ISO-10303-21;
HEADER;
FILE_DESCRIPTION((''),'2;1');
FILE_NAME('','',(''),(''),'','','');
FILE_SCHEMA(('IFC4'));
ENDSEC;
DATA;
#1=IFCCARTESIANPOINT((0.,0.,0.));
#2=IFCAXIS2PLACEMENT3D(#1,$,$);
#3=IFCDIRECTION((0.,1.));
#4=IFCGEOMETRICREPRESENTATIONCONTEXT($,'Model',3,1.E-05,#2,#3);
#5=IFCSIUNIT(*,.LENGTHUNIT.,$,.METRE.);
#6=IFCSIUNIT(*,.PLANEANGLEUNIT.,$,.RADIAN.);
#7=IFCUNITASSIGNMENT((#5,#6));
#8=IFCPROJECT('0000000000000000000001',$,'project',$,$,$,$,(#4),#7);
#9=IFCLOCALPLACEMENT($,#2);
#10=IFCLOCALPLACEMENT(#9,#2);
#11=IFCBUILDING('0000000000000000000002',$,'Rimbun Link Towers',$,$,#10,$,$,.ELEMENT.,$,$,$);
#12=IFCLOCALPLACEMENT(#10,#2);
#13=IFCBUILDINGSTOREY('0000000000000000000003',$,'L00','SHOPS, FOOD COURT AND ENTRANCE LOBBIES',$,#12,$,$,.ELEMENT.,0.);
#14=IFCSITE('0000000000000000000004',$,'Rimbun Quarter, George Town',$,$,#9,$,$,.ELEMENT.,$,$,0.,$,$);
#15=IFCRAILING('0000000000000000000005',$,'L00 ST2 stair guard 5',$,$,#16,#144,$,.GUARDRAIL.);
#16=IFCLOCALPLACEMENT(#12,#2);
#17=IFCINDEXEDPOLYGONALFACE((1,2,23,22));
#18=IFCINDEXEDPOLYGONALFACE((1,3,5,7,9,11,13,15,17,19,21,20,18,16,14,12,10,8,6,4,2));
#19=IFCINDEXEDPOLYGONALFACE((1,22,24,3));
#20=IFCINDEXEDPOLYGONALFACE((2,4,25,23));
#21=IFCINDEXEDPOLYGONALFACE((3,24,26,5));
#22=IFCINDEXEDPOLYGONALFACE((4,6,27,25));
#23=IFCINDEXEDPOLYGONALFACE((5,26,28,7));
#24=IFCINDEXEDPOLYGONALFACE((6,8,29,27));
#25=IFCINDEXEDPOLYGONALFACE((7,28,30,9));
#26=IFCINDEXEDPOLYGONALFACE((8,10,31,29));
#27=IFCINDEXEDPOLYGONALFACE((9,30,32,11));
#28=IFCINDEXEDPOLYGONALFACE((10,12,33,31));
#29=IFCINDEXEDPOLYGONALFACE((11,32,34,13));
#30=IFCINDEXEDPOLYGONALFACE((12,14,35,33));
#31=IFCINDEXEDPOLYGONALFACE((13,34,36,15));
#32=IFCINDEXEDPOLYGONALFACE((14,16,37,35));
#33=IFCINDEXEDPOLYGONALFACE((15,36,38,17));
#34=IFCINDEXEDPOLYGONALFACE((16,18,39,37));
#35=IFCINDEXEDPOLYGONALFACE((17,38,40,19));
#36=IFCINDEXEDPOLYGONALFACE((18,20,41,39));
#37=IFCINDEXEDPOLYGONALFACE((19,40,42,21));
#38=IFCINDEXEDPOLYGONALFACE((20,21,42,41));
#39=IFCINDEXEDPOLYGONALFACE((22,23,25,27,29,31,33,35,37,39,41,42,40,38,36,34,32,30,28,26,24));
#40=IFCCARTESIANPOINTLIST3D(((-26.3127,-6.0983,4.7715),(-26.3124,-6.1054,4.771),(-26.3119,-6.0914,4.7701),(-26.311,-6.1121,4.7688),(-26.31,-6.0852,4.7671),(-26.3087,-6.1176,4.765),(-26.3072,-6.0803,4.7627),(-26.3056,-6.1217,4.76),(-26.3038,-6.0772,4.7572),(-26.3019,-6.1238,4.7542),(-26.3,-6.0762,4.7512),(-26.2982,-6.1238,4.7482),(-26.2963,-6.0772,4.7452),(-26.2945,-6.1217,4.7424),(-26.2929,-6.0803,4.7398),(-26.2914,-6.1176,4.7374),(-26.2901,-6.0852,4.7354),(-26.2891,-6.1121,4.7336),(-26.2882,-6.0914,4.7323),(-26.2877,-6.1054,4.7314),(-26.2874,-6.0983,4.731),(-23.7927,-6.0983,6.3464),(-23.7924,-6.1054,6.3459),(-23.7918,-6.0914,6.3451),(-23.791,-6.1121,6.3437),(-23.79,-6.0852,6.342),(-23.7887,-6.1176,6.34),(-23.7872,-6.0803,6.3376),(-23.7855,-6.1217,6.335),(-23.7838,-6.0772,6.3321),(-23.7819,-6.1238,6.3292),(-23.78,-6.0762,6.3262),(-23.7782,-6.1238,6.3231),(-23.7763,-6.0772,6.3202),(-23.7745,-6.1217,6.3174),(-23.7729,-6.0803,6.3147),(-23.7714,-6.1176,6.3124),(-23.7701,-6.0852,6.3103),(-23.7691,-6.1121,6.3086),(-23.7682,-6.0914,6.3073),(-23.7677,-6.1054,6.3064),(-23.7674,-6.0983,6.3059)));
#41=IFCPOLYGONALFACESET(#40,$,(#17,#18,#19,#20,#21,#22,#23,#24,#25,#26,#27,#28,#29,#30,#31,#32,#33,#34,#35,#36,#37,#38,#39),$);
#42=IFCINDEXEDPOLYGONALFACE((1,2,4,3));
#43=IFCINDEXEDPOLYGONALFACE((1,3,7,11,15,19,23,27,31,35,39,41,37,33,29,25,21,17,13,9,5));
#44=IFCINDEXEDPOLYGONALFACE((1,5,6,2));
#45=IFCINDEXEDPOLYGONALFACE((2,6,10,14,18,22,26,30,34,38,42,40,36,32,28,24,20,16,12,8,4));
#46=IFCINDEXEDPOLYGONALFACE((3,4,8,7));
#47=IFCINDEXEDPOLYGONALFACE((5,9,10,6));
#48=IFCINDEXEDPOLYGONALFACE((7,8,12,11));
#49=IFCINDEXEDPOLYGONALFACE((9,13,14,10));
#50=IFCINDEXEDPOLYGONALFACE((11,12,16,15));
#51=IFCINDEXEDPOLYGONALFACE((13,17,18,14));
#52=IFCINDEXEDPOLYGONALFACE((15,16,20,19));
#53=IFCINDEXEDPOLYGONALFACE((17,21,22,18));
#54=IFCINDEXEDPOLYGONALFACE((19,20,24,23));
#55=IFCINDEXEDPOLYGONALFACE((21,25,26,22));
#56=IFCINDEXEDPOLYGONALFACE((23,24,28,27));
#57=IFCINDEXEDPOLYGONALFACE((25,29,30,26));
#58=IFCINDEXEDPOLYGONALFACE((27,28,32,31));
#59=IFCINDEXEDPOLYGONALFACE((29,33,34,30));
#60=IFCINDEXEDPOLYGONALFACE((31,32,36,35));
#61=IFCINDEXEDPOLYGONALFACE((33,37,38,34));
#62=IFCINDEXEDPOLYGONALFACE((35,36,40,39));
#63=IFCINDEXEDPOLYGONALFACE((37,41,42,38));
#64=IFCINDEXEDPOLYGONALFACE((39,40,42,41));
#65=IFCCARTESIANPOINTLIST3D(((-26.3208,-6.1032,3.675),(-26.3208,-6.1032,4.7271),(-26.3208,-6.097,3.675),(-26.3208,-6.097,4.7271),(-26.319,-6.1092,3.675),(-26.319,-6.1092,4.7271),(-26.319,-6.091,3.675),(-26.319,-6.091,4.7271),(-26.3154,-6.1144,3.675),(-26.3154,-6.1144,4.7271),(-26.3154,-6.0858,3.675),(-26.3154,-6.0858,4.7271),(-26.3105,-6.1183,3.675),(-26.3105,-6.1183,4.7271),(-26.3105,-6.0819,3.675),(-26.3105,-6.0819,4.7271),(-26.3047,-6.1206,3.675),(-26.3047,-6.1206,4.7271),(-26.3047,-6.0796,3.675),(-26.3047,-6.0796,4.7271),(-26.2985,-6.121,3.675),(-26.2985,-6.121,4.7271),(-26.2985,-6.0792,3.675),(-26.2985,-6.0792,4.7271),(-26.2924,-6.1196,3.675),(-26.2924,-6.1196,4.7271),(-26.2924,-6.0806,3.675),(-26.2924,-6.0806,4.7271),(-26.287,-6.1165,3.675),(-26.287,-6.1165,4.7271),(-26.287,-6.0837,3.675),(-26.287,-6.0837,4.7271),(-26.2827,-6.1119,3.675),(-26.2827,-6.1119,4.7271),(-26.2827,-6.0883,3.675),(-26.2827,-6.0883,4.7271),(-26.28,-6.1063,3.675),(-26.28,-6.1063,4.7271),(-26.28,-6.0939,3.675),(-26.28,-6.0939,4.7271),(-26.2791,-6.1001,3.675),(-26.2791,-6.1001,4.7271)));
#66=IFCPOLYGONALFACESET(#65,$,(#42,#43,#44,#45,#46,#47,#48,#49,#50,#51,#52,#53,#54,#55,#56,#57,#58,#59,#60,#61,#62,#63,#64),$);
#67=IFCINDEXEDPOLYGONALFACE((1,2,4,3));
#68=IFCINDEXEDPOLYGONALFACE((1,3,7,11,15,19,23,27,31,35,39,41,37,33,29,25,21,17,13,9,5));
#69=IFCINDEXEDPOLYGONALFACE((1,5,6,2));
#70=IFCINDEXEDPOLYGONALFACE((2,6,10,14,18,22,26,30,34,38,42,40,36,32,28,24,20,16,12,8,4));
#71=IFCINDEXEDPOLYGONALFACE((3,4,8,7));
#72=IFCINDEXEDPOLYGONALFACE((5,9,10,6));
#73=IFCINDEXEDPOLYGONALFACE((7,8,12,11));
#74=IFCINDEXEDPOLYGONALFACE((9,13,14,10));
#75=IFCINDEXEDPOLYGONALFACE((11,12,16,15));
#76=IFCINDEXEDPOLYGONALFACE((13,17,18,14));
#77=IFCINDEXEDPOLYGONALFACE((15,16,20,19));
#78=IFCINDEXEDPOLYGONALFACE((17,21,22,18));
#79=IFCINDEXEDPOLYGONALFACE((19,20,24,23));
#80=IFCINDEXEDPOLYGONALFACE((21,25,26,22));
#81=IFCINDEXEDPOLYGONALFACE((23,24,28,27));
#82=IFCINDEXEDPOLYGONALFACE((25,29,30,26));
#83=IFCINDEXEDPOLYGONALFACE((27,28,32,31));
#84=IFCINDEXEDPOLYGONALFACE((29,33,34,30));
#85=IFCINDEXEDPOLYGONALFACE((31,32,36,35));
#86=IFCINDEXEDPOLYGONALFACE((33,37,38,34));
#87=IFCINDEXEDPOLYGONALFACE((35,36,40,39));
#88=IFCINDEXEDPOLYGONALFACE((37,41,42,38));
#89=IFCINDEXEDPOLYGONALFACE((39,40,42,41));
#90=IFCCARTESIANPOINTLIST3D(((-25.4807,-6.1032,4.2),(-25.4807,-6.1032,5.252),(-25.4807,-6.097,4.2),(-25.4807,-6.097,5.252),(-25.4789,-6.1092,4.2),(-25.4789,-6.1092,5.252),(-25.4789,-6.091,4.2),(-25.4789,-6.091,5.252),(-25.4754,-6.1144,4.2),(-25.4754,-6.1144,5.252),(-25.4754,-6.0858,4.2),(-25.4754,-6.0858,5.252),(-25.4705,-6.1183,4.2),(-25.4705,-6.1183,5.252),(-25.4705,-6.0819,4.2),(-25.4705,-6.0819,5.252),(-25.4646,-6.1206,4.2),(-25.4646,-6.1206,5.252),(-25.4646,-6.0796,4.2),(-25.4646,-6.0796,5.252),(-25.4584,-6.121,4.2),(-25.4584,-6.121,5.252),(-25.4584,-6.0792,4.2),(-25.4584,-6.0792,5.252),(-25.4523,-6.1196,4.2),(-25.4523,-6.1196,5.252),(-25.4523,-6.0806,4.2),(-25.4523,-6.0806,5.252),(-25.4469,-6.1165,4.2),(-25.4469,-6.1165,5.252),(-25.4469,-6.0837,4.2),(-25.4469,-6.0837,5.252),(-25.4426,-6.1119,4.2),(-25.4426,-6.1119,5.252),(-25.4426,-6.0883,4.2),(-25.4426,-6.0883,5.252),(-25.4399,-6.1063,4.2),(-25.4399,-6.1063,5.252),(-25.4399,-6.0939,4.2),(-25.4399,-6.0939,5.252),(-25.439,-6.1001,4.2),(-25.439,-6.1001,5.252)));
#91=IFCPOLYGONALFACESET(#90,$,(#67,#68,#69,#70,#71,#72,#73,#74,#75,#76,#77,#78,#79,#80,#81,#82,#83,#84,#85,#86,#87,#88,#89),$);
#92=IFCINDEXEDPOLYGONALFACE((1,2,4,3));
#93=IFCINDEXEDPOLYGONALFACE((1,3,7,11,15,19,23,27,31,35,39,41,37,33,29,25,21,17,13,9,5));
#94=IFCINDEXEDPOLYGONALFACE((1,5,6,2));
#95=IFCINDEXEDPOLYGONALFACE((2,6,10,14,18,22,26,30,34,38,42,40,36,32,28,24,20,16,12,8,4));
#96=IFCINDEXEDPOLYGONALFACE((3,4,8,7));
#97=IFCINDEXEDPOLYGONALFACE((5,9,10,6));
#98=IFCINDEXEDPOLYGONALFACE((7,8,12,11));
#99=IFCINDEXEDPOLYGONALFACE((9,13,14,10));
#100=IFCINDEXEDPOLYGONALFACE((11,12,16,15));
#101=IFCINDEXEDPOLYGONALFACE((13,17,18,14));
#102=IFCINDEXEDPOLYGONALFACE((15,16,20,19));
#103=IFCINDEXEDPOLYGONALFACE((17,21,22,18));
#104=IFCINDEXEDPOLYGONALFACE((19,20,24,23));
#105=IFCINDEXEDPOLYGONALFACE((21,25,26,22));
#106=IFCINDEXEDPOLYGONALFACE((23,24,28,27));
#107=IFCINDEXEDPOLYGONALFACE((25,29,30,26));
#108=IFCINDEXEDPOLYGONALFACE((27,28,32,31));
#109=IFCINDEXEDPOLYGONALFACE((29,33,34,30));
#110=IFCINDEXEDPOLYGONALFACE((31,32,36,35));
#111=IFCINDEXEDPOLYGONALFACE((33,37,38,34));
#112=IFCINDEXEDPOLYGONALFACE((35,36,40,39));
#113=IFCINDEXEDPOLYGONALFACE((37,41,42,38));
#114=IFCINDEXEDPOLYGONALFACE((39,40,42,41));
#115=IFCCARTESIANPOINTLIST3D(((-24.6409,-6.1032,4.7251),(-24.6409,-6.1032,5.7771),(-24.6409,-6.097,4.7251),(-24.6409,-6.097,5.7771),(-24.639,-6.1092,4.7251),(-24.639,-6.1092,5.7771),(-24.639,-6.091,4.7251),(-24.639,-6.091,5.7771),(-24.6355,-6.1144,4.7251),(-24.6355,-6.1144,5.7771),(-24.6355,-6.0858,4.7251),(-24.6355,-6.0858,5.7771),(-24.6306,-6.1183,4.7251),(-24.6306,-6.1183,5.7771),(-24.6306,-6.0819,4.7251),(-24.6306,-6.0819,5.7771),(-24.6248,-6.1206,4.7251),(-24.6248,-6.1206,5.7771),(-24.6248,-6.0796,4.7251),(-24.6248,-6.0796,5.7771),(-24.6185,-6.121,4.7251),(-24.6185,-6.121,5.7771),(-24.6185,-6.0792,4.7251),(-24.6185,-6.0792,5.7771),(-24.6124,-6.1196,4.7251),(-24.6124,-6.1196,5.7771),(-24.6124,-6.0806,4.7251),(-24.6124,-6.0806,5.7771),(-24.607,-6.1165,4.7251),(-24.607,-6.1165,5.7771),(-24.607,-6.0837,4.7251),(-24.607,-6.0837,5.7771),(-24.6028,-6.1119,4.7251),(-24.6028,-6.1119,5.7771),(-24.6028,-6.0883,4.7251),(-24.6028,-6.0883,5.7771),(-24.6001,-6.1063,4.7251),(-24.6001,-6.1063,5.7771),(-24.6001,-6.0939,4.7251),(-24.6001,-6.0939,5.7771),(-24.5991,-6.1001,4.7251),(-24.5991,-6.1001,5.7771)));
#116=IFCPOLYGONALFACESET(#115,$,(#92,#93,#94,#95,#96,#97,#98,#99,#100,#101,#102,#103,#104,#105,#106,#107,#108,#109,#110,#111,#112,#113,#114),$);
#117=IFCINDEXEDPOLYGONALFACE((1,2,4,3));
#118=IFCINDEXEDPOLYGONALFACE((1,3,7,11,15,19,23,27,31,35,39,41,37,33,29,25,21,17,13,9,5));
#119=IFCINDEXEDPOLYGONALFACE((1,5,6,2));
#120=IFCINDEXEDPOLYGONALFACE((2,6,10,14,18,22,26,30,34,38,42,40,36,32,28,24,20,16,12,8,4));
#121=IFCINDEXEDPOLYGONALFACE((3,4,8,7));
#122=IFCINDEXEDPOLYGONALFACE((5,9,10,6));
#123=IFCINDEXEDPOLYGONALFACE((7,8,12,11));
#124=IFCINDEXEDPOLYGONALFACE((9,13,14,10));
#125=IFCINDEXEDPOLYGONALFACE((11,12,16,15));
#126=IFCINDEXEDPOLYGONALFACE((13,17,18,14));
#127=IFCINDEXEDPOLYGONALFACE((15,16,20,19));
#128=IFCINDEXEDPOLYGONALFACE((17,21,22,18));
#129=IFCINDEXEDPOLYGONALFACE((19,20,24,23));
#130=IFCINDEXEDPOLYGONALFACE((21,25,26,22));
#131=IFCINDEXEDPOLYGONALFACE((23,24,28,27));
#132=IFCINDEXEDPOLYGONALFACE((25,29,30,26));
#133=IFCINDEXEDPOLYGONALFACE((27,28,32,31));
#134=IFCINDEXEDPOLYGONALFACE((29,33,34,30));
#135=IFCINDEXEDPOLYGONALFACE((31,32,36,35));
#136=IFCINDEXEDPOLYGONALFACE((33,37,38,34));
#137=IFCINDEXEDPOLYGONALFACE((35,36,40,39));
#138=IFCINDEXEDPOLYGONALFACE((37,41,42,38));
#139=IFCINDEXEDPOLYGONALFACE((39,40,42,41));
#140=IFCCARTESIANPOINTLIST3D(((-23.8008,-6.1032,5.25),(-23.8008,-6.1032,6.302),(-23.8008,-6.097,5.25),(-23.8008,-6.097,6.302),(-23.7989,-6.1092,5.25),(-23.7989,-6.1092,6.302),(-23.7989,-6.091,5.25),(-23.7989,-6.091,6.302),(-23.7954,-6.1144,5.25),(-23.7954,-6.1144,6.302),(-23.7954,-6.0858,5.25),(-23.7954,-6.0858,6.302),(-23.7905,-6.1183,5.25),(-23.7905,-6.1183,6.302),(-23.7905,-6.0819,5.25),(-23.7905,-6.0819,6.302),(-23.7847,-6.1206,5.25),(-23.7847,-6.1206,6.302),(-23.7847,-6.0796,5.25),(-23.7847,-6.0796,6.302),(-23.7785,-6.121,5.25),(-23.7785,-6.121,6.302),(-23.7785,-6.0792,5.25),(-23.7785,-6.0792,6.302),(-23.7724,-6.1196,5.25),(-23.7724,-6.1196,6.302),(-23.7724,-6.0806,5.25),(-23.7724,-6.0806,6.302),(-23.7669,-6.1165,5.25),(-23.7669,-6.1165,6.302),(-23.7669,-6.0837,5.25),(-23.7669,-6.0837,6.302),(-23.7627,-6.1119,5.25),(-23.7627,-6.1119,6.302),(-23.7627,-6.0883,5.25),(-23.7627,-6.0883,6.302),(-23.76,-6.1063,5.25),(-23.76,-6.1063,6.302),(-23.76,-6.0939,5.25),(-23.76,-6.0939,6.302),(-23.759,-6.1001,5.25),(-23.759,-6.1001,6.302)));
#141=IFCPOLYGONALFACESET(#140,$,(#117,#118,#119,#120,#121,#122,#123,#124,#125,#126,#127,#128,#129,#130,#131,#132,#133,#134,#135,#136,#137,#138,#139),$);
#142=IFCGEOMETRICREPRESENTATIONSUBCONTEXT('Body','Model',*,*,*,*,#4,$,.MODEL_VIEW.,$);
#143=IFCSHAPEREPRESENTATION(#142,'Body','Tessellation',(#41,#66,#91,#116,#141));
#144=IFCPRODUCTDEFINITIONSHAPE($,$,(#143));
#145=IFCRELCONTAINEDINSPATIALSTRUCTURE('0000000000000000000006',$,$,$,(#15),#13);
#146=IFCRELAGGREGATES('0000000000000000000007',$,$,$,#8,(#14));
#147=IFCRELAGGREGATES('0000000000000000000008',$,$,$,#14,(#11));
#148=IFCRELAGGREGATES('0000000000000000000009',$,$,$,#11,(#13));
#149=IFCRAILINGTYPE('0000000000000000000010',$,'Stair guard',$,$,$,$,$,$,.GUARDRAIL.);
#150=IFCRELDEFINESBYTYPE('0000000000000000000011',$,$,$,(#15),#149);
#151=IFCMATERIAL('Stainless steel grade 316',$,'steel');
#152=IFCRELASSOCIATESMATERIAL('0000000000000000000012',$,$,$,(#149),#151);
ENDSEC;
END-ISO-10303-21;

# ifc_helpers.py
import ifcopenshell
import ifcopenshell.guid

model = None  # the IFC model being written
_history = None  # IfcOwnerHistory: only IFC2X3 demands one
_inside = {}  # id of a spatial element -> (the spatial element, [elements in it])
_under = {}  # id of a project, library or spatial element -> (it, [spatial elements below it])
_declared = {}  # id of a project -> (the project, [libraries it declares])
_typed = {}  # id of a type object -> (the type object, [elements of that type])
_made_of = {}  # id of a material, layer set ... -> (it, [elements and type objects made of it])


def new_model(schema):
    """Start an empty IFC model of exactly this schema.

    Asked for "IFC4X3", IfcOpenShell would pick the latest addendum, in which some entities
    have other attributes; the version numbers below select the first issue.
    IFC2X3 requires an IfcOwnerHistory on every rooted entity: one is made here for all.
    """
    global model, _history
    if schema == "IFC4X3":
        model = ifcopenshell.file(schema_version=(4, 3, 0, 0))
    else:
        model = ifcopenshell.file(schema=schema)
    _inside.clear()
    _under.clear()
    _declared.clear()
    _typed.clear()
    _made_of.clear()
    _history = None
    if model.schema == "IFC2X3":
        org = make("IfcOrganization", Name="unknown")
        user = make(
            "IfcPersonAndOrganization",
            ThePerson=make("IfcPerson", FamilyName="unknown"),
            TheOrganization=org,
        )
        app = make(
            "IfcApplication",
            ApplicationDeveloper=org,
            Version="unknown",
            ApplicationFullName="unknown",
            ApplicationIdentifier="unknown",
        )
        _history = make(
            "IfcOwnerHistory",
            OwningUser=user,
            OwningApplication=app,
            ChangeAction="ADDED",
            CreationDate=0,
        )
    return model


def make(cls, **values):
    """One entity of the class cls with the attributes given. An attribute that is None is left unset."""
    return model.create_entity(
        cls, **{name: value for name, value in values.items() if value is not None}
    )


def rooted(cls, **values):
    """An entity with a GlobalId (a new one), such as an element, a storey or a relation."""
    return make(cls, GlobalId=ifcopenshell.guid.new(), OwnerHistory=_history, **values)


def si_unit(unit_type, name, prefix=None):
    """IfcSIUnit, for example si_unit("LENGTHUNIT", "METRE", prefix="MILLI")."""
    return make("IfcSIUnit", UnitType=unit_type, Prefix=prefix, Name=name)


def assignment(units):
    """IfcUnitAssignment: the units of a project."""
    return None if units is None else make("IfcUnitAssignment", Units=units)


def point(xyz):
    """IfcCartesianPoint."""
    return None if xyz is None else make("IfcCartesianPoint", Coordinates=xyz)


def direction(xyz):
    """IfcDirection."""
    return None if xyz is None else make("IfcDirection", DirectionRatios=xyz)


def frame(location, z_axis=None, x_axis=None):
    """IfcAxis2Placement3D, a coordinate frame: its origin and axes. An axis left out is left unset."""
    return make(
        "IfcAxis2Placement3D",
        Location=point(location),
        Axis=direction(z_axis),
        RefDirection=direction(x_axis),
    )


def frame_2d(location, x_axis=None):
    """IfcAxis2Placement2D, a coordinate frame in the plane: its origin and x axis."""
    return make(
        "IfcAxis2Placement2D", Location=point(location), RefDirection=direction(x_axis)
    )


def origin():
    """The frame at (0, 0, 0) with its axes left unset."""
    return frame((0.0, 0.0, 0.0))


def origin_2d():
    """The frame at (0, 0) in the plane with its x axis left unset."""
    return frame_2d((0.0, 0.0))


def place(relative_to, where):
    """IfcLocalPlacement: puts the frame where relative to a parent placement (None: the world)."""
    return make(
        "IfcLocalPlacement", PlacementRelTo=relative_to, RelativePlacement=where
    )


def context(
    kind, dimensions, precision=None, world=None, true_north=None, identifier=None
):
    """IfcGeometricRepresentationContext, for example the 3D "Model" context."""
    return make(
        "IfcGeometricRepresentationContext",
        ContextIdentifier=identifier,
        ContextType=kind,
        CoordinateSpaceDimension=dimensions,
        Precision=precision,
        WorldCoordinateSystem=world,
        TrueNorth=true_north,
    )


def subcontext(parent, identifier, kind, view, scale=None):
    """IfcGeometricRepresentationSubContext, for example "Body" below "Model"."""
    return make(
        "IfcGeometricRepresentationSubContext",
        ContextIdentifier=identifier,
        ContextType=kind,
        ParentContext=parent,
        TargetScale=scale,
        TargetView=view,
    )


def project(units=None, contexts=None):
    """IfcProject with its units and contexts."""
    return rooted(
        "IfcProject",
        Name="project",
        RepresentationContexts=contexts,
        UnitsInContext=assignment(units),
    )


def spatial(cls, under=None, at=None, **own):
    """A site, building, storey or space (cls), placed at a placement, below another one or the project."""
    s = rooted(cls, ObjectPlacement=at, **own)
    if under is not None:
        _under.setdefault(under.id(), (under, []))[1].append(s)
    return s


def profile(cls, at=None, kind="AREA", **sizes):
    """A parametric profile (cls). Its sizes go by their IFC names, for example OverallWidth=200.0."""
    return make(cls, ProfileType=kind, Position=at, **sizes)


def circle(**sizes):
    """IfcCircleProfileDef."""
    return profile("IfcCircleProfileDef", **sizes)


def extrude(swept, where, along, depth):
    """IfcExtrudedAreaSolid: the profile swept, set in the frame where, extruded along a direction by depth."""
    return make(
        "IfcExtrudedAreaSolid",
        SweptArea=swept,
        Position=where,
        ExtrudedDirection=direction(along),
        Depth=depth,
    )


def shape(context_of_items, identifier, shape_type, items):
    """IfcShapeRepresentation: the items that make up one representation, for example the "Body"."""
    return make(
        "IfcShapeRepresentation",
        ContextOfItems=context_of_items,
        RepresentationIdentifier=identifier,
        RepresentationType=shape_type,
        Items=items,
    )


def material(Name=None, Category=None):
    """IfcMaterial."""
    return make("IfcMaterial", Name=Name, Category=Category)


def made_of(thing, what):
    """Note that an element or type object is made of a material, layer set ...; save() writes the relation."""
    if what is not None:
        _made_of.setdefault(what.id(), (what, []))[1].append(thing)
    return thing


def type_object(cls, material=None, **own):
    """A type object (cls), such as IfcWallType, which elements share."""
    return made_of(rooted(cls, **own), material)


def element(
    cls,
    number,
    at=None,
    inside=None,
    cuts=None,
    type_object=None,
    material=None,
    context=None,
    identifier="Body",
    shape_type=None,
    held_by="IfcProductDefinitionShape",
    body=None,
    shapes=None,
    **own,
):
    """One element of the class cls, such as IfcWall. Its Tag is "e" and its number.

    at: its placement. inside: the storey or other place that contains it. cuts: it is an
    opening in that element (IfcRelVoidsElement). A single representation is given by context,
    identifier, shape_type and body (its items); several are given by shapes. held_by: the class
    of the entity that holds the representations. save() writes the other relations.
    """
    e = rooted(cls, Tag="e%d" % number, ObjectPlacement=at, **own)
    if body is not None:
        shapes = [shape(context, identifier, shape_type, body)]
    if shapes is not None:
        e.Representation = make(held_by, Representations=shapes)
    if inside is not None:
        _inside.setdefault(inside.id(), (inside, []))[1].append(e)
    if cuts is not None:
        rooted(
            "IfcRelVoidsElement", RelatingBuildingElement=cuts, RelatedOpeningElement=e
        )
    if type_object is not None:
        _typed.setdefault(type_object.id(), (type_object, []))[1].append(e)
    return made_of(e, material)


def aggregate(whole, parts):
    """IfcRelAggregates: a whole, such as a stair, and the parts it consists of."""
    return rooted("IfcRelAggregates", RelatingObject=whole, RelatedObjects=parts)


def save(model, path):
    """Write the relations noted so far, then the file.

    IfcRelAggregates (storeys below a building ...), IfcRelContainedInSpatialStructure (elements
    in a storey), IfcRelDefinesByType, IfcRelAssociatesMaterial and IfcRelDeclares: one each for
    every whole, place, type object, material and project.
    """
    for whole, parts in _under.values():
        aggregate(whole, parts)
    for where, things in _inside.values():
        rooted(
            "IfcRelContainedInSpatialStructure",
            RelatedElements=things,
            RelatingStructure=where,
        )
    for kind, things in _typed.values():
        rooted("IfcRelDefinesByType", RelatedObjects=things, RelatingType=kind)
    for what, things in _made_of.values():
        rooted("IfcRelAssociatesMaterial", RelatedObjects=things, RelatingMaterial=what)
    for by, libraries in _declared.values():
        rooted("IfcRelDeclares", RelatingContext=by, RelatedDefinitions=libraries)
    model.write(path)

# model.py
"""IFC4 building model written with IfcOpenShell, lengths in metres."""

from ifc_helpers import new_model, si_unit, direction, frame, origin, origin_2d, place, context, subcontext, project, spatial, circle, extrude, material, type_object, element, save


model = new_model("IFC4")

# Units and contexts
model_context = context("Model", 3, precision=1e-05, world=origin(), true_north=direction((0.0, 1.0)))
body_context = subcontext(model_context, "Body", "Model", "MODEL_VIEW")
ifc_project = project(units=[si_unit("LENGTHUNIT", "METRE"), si_unit("PLANEANGLEUNIT", "RADIAN")], contexts=[model_context])

# Site, building, storey
site_placement = place(None, origin())
site = spatial("IfcSite", under=ifc_project, at=site_placement, Name="Rimbun Quarter, George Town", CompositionType="ELEMENT", RefElevation=0.0)
building_placement = place(site_placement, origin())
building = spatial("IfcBuilding", under=site, at=building_placement, Name="Rimbun Link Towers", CompositionType="ELEMENT")
storey_placement = place(building_placement, origin())
storey = spatial("IfcBuildingStorey", under=building, at=storey_placement, Name="L00", Description="SHOPS, FOOD COURT AND ENTRANCE LOBBIES", CompositionType="ELEMENT", Elevation=0.0)

# Railing
ifc_material_1 = material(Name="Stainless steel grade 316", Category="steel")
railing_type_1 = type_object("IfcRailingType", Name="Stair guard", PredefinedType="GUARDRAIL", material=ifc_material_1)
railing_1_placement = place(storey_placement, frame((-26.3, -6.1001, 3.675)))
element("IfcRailing", 1, at=railing_1_placement, inside=storey, type_object=railing_type_1, Name="L00 ST2 stair guard 5", PredefinedType="GUARDRAIL", context=body_context, shape_type="SweptSolid", body=[
    extrude(circle(Radius=0.0239, at=origin_2d()), frame((0.0, 0.0, 1.0762), z_axis=(0.848008, 0.0, 0.529984), x_axis=(0.0, 1.0, 0.0)), (0.0, 0.0, 1.0), 2.9717),
    extrude(circle(Radius=0.021, at=origin_2d()), origin(), (0.0, 0.0, 1.0), 1.052),
    extrude(circle(Radius=0.021, at=origin_2d()), frame((0.8401, 0.0, 0.5249)), (0.0, 0.0, 1.0), 1.052),
    extrude(circle(Radius=0.021, at=origin_2d()), frame((1.6799, 0.0, 1.05)), (0.0, 0.0, 1.0), 1.052),
    extrude(circle(Radius=0.021, at=origin_2d()), frame((2.52, 0.0, 1.575)), (0.0, 0.0, 1.0), 1.052),
])

save(model, "model.ifc")
